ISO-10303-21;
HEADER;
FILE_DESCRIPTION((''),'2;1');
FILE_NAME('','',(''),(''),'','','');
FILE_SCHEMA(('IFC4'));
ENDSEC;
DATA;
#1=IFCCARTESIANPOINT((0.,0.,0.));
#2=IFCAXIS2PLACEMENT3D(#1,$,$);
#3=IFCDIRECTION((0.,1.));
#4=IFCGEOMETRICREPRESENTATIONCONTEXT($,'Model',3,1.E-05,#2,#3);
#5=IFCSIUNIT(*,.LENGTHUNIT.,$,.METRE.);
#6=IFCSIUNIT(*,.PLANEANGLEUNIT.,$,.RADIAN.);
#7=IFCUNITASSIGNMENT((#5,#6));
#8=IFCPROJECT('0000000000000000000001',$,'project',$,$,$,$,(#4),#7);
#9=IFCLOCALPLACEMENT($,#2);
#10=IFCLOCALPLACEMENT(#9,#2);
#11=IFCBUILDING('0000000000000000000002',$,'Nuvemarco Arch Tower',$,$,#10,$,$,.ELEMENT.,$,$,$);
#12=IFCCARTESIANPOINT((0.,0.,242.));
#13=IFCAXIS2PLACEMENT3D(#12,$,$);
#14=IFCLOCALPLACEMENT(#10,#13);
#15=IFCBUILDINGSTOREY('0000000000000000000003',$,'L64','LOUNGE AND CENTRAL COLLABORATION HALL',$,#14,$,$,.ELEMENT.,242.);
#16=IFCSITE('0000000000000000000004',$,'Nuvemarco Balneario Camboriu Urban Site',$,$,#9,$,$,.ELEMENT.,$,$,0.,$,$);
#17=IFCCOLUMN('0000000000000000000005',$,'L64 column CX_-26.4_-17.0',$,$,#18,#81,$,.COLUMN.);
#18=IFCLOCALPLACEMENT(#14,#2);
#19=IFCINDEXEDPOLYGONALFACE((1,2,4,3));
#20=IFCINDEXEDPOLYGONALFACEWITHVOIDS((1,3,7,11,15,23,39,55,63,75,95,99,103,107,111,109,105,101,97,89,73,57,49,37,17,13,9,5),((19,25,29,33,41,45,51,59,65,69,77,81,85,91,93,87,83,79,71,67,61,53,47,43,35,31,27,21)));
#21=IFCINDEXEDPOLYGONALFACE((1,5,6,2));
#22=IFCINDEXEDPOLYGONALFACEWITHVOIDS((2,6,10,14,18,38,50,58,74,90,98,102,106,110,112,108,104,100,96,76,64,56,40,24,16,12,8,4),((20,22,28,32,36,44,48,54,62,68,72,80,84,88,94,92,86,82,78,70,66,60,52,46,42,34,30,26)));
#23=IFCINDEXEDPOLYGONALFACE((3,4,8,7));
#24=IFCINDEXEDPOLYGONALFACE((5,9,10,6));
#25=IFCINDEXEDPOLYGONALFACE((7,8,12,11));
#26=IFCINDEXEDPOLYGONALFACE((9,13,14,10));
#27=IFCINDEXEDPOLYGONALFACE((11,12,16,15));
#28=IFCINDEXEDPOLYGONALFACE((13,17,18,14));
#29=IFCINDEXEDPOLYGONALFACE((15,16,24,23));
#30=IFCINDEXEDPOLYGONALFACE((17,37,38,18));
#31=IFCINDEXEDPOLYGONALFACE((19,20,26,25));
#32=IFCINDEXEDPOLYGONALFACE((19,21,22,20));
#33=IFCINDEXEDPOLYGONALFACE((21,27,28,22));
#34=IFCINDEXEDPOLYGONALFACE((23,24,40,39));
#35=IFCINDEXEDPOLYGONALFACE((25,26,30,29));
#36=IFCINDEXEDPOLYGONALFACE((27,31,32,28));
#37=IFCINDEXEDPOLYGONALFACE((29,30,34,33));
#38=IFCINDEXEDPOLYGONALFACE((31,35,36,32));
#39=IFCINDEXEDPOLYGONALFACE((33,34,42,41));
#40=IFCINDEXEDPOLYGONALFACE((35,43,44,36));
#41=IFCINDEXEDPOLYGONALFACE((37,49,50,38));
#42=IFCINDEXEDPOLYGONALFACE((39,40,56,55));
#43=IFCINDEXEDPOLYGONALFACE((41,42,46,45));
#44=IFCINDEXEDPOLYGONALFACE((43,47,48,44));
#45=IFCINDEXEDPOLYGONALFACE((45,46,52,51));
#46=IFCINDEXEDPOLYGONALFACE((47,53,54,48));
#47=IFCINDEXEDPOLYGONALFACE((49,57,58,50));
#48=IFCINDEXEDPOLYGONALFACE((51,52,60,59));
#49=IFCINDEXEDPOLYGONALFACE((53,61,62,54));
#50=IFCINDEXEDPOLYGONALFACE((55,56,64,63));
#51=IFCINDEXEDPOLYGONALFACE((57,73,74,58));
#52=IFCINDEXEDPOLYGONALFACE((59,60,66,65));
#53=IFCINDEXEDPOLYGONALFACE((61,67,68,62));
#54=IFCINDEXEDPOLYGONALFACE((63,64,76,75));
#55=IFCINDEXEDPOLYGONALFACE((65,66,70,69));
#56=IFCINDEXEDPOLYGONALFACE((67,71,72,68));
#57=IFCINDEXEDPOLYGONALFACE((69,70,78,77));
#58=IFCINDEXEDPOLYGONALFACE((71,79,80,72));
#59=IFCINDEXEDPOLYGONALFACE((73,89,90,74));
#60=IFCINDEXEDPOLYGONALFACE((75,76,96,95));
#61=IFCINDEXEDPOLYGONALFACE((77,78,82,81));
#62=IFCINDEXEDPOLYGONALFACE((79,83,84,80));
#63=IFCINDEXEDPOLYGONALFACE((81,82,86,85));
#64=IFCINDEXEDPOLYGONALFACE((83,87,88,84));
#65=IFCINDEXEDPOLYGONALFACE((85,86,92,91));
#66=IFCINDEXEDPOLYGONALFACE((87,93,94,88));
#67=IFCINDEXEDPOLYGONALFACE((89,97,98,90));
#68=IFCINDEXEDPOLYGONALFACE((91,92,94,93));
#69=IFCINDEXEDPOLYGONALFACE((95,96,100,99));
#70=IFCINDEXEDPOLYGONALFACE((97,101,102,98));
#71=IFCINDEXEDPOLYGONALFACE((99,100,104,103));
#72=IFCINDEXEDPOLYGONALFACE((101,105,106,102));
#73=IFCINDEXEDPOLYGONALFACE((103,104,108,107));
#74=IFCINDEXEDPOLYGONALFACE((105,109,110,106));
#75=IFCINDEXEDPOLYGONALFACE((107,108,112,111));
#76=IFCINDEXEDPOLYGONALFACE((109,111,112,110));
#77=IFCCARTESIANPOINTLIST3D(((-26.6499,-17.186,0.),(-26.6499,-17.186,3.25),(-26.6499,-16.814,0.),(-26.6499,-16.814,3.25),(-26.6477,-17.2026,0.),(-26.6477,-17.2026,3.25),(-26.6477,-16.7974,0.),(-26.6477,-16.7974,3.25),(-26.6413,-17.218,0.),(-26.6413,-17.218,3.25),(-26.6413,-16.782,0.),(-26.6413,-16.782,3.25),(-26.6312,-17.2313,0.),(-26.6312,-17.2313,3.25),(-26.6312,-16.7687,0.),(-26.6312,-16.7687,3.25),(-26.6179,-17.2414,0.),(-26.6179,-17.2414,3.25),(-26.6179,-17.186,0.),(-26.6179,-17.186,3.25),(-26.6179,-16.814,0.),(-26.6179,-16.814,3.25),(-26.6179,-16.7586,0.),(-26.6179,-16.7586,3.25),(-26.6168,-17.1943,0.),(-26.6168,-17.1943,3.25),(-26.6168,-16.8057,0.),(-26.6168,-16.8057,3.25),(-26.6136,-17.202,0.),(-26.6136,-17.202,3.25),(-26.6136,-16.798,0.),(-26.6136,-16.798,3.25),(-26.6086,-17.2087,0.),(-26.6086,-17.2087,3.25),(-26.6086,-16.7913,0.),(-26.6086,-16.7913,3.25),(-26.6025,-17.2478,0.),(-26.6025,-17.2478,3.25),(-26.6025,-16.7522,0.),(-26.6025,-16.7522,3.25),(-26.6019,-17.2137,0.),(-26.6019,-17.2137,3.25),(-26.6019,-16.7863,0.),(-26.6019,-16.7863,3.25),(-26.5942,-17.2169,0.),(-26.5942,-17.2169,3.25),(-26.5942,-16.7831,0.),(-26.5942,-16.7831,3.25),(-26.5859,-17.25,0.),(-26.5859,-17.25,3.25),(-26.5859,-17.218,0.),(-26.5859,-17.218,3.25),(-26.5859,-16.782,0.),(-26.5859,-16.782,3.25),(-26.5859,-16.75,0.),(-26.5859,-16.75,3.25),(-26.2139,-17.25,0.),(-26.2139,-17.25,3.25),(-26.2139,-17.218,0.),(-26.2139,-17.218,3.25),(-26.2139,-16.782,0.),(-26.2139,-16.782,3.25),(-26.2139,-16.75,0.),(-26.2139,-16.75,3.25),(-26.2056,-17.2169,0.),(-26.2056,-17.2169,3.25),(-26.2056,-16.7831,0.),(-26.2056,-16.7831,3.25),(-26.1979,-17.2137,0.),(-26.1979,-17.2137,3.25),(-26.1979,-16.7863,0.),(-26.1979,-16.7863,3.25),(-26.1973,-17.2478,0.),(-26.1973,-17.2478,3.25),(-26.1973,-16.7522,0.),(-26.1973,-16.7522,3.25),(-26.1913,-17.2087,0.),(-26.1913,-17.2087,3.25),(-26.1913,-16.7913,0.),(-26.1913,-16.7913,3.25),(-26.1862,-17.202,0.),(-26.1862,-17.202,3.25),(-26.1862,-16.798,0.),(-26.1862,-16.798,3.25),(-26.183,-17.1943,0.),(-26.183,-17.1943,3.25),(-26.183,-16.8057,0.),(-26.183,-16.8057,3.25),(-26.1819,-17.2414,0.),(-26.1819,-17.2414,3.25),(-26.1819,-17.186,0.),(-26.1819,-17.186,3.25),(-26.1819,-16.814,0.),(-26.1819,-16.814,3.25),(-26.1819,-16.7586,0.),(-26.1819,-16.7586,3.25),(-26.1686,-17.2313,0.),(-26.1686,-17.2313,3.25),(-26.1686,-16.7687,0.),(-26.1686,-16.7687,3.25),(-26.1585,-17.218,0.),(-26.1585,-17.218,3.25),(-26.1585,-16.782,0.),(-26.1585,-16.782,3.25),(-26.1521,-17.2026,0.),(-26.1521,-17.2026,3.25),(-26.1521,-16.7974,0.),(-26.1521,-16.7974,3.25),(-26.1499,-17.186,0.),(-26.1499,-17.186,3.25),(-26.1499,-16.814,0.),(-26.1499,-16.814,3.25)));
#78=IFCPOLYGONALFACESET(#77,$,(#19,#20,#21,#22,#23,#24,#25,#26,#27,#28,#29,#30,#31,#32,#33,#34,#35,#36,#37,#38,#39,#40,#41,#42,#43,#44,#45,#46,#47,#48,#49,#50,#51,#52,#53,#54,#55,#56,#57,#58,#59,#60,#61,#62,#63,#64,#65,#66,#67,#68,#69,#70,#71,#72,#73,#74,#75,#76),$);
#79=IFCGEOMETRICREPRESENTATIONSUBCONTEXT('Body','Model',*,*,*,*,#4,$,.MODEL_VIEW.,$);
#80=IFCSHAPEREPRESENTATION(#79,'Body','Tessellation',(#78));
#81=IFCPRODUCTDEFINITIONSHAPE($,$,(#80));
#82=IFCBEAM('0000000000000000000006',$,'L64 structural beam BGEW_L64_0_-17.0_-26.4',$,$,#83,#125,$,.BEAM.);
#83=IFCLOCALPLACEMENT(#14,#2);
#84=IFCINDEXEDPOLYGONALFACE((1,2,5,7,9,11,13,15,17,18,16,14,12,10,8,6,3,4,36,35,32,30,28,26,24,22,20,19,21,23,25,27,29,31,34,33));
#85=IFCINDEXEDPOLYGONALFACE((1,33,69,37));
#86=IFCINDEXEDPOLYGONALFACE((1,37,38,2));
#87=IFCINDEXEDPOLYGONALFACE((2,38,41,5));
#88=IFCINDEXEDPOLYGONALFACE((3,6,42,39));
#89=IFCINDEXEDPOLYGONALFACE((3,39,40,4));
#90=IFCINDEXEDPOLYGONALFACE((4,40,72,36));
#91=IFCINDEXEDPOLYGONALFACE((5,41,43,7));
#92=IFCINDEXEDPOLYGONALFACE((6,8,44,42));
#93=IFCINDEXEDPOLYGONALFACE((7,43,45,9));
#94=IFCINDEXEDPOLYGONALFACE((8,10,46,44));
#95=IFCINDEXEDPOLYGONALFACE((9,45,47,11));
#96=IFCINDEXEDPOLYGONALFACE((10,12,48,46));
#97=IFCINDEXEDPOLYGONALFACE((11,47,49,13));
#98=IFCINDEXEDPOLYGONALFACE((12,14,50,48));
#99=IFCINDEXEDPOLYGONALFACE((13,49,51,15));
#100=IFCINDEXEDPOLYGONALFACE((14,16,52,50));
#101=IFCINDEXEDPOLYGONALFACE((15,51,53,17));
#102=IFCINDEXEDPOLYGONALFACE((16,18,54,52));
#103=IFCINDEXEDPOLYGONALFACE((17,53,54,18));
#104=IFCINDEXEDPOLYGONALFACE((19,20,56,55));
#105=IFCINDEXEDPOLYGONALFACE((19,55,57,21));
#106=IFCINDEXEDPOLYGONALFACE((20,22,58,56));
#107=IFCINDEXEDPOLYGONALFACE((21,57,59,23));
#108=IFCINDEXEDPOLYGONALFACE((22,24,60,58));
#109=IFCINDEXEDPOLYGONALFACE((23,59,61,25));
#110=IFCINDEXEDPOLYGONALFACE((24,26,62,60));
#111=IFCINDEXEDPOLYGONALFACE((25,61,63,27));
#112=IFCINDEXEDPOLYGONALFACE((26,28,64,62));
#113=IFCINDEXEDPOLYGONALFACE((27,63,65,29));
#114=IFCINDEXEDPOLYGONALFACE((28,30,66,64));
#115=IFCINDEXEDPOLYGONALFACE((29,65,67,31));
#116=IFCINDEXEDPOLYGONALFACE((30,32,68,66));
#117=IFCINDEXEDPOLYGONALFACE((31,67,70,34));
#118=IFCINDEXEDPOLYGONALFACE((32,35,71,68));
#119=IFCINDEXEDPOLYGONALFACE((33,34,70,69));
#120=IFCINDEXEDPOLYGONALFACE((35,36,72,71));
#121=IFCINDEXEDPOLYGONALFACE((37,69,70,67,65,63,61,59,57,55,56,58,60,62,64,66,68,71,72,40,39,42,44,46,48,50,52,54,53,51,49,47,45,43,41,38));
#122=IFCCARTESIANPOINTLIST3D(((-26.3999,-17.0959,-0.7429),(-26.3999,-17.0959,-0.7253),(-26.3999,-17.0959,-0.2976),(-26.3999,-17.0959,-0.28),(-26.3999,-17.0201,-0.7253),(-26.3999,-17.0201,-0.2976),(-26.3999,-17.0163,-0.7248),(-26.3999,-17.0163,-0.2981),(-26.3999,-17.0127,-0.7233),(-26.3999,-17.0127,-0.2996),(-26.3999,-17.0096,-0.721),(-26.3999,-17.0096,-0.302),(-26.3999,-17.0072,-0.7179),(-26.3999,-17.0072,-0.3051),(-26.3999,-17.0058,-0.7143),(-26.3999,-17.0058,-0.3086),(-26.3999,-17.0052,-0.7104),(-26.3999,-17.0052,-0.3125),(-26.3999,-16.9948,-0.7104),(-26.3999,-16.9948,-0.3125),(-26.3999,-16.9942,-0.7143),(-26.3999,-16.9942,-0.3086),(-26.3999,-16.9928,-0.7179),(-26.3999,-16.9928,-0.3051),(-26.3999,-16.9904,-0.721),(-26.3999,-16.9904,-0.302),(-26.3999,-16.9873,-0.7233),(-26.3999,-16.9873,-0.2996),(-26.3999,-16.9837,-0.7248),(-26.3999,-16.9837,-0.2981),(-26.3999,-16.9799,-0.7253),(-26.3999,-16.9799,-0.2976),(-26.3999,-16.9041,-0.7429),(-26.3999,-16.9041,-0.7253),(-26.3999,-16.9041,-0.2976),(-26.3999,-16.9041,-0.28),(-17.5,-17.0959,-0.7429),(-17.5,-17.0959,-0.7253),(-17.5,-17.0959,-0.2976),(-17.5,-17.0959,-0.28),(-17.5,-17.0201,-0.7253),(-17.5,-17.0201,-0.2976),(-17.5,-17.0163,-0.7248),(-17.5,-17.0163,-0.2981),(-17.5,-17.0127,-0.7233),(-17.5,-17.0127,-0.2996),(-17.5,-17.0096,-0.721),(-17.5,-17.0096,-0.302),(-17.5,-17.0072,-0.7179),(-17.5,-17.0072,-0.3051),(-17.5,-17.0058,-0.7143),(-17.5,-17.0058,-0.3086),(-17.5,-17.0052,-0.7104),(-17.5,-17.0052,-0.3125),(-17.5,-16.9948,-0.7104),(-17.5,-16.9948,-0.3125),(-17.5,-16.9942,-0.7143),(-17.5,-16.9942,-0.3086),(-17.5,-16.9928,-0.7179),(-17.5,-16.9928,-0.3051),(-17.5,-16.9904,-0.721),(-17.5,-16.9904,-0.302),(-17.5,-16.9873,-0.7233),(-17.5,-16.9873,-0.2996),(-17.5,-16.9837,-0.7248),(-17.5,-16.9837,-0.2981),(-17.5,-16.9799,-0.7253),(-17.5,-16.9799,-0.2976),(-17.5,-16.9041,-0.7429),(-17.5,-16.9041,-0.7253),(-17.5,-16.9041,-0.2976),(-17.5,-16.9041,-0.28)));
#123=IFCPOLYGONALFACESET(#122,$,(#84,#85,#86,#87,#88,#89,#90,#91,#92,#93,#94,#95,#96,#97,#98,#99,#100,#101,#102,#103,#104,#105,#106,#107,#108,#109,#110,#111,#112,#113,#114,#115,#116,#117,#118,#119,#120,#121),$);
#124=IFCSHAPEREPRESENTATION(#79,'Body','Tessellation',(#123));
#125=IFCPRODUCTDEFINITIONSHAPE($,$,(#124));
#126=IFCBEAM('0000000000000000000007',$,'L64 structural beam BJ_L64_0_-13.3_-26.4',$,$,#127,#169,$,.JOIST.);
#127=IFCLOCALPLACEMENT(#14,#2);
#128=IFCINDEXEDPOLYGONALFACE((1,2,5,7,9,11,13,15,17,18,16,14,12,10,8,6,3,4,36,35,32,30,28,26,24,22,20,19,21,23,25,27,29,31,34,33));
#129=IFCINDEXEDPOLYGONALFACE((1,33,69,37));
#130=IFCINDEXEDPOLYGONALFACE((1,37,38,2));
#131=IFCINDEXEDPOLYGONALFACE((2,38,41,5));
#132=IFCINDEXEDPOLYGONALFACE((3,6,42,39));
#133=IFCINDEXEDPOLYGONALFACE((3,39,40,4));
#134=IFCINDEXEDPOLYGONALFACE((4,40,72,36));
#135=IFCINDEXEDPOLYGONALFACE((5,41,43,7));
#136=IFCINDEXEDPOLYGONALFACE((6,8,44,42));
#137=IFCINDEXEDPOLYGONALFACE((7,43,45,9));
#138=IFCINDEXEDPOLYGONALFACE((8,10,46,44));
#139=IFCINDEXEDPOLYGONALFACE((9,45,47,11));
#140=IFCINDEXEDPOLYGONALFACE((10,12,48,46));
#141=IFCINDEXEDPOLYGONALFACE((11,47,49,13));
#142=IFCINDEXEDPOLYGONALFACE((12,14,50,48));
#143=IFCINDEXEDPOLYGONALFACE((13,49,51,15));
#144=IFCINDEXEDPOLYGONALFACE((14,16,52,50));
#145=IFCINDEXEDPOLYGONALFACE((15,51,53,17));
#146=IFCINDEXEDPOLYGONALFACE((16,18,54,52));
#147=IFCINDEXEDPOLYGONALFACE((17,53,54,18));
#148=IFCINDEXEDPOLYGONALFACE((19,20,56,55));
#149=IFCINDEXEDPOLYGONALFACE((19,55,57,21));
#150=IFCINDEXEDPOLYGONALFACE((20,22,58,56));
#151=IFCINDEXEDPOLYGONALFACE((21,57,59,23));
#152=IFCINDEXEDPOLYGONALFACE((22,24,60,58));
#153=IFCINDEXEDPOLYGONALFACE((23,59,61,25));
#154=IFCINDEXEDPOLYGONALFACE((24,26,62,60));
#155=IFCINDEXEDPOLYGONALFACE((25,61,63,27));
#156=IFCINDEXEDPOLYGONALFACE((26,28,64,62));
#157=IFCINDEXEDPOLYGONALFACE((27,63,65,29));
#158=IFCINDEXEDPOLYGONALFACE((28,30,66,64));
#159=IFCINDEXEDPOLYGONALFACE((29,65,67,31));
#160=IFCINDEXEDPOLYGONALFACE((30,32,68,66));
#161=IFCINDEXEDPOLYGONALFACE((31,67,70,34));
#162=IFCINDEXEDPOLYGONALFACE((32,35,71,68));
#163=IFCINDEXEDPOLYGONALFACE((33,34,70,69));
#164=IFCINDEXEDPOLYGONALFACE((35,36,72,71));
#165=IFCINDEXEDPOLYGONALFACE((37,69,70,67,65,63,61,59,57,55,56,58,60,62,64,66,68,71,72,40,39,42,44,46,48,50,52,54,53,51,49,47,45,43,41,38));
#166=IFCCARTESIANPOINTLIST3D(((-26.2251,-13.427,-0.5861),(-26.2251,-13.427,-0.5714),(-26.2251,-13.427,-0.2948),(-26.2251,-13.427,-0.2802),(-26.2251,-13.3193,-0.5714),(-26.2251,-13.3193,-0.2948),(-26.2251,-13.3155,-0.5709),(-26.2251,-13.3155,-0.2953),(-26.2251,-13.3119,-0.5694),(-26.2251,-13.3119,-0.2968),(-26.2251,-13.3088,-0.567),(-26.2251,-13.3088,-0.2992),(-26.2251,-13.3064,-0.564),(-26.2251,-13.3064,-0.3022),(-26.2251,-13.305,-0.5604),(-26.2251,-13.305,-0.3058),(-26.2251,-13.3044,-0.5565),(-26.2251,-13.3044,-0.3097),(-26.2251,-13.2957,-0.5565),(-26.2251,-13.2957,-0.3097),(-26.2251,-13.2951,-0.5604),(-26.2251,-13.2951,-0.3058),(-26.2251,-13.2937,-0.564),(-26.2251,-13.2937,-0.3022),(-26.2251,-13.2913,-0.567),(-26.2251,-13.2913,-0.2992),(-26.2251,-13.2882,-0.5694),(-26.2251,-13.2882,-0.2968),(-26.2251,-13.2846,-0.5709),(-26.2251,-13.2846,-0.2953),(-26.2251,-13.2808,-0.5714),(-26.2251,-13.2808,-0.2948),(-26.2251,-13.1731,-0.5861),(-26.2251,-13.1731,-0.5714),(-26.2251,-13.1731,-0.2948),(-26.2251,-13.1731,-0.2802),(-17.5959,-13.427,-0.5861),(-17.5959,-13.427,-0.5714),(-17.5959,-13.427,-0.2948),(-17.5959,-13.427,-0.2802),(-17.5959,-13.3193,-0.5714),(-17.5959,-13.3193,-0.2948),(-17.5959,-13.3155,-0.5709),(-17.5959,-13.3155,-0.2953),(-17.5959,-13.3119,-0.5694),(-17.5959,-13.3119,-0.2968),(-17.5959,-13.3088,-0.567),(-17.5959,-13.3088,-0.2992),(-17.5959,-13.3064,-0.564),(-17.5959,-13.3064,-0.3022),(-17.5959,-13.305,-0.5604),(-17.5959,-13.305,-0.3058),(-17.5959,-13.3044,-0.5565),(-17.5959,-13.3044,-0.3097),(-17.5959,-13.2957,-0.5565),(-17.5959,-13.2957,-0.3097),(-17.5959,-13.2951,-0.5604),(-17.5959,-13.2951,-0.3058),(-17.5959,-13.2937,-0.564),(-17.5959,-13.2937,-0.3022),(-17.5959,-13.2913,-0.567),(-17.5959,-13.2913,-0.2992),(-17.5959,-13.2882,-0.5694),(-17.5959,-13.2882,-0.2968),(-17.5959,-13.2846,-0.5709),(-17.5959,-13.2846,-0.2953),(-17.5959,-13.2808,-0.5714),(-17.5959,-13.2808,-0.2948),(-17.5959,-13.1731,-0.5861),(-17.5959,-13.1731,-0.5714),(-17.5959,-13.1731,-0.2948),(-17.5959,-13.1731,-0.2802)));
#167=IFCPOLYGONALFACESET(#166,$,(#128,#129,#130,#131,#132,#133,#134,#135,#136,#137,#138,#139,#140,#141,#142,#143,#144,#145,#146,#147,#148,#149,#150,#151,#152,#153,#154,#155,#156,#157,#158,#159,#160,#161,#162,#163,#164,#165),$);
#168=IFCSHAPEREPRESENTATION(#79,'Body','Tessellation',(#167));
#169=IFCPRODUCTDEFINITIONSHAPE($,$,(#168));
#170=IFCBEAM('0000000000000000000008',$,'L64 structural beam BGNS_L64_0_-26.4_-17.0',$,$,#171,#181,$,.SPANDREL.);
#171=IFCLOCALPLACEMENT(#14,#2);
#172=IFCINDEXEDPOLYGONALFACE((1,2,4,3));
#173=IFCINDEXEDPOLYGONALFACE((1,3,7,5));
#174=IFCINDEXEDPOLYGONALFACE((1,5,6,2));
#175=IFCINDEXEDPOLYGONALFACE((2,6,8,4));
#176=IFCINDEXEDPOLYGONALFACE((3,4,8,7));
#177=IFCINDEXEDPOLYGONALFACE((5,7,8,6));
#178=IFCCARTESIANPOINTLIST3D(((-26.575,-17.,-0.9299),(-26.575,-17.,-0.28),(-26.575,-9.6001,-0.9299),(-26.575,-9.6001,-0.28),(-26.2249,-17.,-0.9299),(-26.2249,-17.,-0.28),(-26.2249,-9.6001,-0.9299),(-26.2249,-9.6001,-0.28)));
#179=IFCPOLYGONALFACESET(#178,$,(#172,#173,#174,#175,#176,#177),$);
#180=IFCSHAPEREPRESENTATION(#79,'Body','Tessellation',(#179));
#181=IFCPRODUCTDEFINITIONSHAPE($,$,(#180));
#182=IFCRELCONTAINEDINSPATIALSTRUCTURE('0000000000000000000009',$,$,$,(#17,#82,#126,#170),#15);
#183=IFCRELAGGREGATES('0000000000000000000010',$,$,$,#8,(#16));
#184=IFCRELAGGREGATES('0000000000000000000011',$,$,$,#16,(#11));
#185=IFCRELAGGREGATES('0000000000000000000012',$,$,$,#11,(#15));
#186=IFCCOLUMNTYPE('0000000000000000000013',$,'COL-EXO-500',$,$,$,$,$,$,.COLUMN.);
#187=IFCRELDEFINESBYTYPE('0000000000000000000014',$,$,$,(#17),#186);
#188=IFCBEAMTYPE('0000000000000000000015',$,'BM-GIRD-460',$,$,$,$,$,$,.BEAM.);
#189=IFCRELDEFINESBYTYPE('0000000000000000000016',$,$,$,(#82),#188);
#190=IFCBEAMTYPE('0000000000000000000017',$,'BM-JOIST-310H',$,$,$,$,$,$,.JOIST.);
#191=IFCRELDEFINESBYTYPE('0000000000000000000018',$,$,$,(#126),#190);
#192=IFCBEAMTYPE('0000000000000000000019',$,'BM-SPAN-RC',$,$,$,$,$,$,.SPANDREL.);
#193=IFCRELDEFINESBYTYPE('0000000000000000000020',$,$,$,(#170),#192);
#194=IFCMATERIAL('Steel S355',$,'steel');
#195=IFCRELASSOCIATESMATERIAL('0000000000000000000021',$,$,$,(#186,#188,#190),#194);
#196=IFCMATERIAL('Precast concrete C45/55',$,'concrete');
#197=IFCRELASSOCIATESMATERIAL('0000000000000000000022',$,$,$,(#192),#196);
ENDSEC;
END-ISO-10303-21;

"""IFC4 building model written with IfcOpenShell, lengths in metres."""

from ifc_helpers import new_model, si_unit, direction, frame, origin, origin_2d, place, context, subcontext, project, spatial, rectangle, hollow_rectangle, i_section, extrude, material, material_profile, profile_set, type_object, element, save


model = new_model("IFC4")

# Units and contexts
model_context = context("Model", 3, precision=1e-05, world=origin(), true_north=direction((0.0, 1.0)))
body_context = subcontext(model_context, "Body", "Model", "MODEL_VIEW")
ifc_project = project(units=[si_unit("LENGTHUNIT", "METRE"), si_unit("PLANEANGLEUNIT", "RADIAN")], contexts=[model_context])

# Site, building, storey
site_placement = place(None, origin())
site = spatial("IfcSite", under=ifc_project, at=site_placement, Name="Nuvemarco Balneario Camboriu Urban Site", CompositionType="ELEMENT", RefElevation=0.0)
building_placement = place(site_placement, origin())
building = spatial("IfcBuilding", under=site, at=building_placement, Name="Nuvemarco Arch Tower", CompositionType="ELEMENT")
storey_placement = place(building_placement, frame((0.0, 0.0, 242.0)))
storey = spatial("IfcBuildingStorey", under=building, at=storey_placement, Name="L64", Description="LOUNGE AND CENTRAL COLLABORATION HALL", CompositionType="ELEMENT", Elevation=242.0)

# Column
ifc_material_1 = material(Name="Steel S355", Category="steel")
ifc_material_profile_1 = material_profile(ifc_material_1, hollow_rectangle(XDim=0.5, YDim=0.5, WallThickness=0.032, InnerFilletRadius=0.032, OuterFilletRadius=0.064, at=origin_2d()), Name="SHS500x500x32")
ifc_profile_set_1 = profile_set([ifc_material_profile_1], Name="Steel S355")
column_type = type_object("IfcColumnType", Name="COL-EXO-500", PredefinedType="COLUMN", material=ifc_profile_set_1)
column_placement = place(storey_placement, frame((-26.3999, -17.0, 0.0), z_axis=(0.0, 0.0, 1.0), x_axis=(1.0, 0.0, 0.0)))
element("IfcColumn", 1, at=column_placement, inside=storey, type_object=column_type, Name="L64 column CX_-26.4_-17.0", PredefinedType="COLUMN", context=body_context, shape_type="SweptSolid", body=[
    extrude(hollow_rectangle(XDim=0.5, YDim=0.5, WallThickness=0.032, InnerFilletRadius=0.032, OuterFilletRadius=0.064, at=origin_2d()), origin(), (0.0, 0.0, 1.0), 3.25),
])

# Beams
ifc_material_profile_2 = material_profile(ifc_material_1, i_section(OverallWidth=0.1919, OverallDepth=0.4629, WebThickness=0.0105, FlangeThickness=0.0176, FilletRadius=0.0149, at=origin_2d()), Name="W460x89")
ifc_profile_set_2 = profile_set([ifc_material_profile_2], Name="Steel S355")
beam_type_1 = type_object("IfcBeamType", Name="BM-GIRD-460", PredefinedType="BEAM", material=ifc_profile_set_2)
beam_1_placement = place(storey_placement, frame((-26.3999, -17.0, -0.5115), z_axis=(1.0, 0.0, 0.0), x_axis=(0.0, 1.0, 0.0)))
element("IfcBeam", 2, at=beam_1_placement, inside=storey, type_object=beam_type_1, Name="L64 structural beam BGEW_L64_0_-17.0_-26.4", PredefinedType="BEAM", context=body_context, shape_type="SweptSolid", body=[
    extrude(i_section(OverallWidth=0.1919, OverallDepth=0.4629, WebThickness=0.0105, FlangeThickness=0.0176, FilletRadius=0.0149, at=origin_2d()), origin(), (0.0, 0.0, 1.0), 8.8999),
])
ifc_material_profile_3 = material_profile(ifc_material_1, i_section(OverallWidth=0.2539, OverallDepth=0.3059, WebThickness=0.0088, FlangeThickness=0.0146, FilletRadius=0.0149, at=origin_2d()), Name="W310x79")
ifc_profile_set_3 = profile_set([ifc_material_profile_3], Name="Steel S355")
beam_type_2 = type_object("IfcBeamType", Name="BM-JOIST-310H", PredefinedType="JOIST", material=ifc_profile_set_3)
beam_2_placement = place(storey_placement, frame((-26.2251, -13.3, -0.4331), z_axis=(1.0, 0.0, 0.0), x_axis=(0.0, 1.0, 0.0)))
element("IfcBeam", 3, at=beam_2_placement, inside=storey, type_object=beam_type_2, Name="L64 structural beam BJ_L64_0_-13.3_-26.4", PredefinedType="JOIST", context=body_context, shape_type="SweptSolid", body=[
    extrude(i_section(OverallWidth=0.2539, OverallDepth=0.3059, WebThickness=0.0088, FlangeThickness=0.0146, FilletRadius=0.0149, at=origin_2d()), origin(), (0.0, 0.0, 1.0), 8.6292),
])
ifc_material_2 = material(Name="Precast concrete C45/55", Category="concrete")
ifc_material_profile_4 = material_profile(ifc_material_2, rectangle(XDim=0.3501, YDim=0.6499, at=origin_2d()), Name="PC-SP-350x650")
ifc_profile_set_4 = profile_set([ifc_material_profile_4], Name="Precast concrete C45/55")
beam_type_3 = type_object("IfcBeamType", Name="BM-SPAN-RC", PredefinedType="SPANDREL", material=ifc_profile_set_4)
beam_3_placement = place(storey_placement, frame((-26.3999, -17.0, -0.605), z_axis=(0.0, 1.0, 0.0), x_axis=(-1.0, 0.0, 0.0)))
element("IfcBeam", 4, at=beam_3_placement, inside=storey, type_object=beam_type_3, Name="L64 structural beam BGNS_L64_0_-26.4_-17.0", PredefinedType="SPANDREL", context=body_context, shape_type="SweptSolid", body=[
    extrude(rectangle(XDim=0.3501, YDim=0.6499, at=origin_2d()), origin(), (0.0, 0.0, 1.0), 7.3999),
])

save(model, "model.ifc")
